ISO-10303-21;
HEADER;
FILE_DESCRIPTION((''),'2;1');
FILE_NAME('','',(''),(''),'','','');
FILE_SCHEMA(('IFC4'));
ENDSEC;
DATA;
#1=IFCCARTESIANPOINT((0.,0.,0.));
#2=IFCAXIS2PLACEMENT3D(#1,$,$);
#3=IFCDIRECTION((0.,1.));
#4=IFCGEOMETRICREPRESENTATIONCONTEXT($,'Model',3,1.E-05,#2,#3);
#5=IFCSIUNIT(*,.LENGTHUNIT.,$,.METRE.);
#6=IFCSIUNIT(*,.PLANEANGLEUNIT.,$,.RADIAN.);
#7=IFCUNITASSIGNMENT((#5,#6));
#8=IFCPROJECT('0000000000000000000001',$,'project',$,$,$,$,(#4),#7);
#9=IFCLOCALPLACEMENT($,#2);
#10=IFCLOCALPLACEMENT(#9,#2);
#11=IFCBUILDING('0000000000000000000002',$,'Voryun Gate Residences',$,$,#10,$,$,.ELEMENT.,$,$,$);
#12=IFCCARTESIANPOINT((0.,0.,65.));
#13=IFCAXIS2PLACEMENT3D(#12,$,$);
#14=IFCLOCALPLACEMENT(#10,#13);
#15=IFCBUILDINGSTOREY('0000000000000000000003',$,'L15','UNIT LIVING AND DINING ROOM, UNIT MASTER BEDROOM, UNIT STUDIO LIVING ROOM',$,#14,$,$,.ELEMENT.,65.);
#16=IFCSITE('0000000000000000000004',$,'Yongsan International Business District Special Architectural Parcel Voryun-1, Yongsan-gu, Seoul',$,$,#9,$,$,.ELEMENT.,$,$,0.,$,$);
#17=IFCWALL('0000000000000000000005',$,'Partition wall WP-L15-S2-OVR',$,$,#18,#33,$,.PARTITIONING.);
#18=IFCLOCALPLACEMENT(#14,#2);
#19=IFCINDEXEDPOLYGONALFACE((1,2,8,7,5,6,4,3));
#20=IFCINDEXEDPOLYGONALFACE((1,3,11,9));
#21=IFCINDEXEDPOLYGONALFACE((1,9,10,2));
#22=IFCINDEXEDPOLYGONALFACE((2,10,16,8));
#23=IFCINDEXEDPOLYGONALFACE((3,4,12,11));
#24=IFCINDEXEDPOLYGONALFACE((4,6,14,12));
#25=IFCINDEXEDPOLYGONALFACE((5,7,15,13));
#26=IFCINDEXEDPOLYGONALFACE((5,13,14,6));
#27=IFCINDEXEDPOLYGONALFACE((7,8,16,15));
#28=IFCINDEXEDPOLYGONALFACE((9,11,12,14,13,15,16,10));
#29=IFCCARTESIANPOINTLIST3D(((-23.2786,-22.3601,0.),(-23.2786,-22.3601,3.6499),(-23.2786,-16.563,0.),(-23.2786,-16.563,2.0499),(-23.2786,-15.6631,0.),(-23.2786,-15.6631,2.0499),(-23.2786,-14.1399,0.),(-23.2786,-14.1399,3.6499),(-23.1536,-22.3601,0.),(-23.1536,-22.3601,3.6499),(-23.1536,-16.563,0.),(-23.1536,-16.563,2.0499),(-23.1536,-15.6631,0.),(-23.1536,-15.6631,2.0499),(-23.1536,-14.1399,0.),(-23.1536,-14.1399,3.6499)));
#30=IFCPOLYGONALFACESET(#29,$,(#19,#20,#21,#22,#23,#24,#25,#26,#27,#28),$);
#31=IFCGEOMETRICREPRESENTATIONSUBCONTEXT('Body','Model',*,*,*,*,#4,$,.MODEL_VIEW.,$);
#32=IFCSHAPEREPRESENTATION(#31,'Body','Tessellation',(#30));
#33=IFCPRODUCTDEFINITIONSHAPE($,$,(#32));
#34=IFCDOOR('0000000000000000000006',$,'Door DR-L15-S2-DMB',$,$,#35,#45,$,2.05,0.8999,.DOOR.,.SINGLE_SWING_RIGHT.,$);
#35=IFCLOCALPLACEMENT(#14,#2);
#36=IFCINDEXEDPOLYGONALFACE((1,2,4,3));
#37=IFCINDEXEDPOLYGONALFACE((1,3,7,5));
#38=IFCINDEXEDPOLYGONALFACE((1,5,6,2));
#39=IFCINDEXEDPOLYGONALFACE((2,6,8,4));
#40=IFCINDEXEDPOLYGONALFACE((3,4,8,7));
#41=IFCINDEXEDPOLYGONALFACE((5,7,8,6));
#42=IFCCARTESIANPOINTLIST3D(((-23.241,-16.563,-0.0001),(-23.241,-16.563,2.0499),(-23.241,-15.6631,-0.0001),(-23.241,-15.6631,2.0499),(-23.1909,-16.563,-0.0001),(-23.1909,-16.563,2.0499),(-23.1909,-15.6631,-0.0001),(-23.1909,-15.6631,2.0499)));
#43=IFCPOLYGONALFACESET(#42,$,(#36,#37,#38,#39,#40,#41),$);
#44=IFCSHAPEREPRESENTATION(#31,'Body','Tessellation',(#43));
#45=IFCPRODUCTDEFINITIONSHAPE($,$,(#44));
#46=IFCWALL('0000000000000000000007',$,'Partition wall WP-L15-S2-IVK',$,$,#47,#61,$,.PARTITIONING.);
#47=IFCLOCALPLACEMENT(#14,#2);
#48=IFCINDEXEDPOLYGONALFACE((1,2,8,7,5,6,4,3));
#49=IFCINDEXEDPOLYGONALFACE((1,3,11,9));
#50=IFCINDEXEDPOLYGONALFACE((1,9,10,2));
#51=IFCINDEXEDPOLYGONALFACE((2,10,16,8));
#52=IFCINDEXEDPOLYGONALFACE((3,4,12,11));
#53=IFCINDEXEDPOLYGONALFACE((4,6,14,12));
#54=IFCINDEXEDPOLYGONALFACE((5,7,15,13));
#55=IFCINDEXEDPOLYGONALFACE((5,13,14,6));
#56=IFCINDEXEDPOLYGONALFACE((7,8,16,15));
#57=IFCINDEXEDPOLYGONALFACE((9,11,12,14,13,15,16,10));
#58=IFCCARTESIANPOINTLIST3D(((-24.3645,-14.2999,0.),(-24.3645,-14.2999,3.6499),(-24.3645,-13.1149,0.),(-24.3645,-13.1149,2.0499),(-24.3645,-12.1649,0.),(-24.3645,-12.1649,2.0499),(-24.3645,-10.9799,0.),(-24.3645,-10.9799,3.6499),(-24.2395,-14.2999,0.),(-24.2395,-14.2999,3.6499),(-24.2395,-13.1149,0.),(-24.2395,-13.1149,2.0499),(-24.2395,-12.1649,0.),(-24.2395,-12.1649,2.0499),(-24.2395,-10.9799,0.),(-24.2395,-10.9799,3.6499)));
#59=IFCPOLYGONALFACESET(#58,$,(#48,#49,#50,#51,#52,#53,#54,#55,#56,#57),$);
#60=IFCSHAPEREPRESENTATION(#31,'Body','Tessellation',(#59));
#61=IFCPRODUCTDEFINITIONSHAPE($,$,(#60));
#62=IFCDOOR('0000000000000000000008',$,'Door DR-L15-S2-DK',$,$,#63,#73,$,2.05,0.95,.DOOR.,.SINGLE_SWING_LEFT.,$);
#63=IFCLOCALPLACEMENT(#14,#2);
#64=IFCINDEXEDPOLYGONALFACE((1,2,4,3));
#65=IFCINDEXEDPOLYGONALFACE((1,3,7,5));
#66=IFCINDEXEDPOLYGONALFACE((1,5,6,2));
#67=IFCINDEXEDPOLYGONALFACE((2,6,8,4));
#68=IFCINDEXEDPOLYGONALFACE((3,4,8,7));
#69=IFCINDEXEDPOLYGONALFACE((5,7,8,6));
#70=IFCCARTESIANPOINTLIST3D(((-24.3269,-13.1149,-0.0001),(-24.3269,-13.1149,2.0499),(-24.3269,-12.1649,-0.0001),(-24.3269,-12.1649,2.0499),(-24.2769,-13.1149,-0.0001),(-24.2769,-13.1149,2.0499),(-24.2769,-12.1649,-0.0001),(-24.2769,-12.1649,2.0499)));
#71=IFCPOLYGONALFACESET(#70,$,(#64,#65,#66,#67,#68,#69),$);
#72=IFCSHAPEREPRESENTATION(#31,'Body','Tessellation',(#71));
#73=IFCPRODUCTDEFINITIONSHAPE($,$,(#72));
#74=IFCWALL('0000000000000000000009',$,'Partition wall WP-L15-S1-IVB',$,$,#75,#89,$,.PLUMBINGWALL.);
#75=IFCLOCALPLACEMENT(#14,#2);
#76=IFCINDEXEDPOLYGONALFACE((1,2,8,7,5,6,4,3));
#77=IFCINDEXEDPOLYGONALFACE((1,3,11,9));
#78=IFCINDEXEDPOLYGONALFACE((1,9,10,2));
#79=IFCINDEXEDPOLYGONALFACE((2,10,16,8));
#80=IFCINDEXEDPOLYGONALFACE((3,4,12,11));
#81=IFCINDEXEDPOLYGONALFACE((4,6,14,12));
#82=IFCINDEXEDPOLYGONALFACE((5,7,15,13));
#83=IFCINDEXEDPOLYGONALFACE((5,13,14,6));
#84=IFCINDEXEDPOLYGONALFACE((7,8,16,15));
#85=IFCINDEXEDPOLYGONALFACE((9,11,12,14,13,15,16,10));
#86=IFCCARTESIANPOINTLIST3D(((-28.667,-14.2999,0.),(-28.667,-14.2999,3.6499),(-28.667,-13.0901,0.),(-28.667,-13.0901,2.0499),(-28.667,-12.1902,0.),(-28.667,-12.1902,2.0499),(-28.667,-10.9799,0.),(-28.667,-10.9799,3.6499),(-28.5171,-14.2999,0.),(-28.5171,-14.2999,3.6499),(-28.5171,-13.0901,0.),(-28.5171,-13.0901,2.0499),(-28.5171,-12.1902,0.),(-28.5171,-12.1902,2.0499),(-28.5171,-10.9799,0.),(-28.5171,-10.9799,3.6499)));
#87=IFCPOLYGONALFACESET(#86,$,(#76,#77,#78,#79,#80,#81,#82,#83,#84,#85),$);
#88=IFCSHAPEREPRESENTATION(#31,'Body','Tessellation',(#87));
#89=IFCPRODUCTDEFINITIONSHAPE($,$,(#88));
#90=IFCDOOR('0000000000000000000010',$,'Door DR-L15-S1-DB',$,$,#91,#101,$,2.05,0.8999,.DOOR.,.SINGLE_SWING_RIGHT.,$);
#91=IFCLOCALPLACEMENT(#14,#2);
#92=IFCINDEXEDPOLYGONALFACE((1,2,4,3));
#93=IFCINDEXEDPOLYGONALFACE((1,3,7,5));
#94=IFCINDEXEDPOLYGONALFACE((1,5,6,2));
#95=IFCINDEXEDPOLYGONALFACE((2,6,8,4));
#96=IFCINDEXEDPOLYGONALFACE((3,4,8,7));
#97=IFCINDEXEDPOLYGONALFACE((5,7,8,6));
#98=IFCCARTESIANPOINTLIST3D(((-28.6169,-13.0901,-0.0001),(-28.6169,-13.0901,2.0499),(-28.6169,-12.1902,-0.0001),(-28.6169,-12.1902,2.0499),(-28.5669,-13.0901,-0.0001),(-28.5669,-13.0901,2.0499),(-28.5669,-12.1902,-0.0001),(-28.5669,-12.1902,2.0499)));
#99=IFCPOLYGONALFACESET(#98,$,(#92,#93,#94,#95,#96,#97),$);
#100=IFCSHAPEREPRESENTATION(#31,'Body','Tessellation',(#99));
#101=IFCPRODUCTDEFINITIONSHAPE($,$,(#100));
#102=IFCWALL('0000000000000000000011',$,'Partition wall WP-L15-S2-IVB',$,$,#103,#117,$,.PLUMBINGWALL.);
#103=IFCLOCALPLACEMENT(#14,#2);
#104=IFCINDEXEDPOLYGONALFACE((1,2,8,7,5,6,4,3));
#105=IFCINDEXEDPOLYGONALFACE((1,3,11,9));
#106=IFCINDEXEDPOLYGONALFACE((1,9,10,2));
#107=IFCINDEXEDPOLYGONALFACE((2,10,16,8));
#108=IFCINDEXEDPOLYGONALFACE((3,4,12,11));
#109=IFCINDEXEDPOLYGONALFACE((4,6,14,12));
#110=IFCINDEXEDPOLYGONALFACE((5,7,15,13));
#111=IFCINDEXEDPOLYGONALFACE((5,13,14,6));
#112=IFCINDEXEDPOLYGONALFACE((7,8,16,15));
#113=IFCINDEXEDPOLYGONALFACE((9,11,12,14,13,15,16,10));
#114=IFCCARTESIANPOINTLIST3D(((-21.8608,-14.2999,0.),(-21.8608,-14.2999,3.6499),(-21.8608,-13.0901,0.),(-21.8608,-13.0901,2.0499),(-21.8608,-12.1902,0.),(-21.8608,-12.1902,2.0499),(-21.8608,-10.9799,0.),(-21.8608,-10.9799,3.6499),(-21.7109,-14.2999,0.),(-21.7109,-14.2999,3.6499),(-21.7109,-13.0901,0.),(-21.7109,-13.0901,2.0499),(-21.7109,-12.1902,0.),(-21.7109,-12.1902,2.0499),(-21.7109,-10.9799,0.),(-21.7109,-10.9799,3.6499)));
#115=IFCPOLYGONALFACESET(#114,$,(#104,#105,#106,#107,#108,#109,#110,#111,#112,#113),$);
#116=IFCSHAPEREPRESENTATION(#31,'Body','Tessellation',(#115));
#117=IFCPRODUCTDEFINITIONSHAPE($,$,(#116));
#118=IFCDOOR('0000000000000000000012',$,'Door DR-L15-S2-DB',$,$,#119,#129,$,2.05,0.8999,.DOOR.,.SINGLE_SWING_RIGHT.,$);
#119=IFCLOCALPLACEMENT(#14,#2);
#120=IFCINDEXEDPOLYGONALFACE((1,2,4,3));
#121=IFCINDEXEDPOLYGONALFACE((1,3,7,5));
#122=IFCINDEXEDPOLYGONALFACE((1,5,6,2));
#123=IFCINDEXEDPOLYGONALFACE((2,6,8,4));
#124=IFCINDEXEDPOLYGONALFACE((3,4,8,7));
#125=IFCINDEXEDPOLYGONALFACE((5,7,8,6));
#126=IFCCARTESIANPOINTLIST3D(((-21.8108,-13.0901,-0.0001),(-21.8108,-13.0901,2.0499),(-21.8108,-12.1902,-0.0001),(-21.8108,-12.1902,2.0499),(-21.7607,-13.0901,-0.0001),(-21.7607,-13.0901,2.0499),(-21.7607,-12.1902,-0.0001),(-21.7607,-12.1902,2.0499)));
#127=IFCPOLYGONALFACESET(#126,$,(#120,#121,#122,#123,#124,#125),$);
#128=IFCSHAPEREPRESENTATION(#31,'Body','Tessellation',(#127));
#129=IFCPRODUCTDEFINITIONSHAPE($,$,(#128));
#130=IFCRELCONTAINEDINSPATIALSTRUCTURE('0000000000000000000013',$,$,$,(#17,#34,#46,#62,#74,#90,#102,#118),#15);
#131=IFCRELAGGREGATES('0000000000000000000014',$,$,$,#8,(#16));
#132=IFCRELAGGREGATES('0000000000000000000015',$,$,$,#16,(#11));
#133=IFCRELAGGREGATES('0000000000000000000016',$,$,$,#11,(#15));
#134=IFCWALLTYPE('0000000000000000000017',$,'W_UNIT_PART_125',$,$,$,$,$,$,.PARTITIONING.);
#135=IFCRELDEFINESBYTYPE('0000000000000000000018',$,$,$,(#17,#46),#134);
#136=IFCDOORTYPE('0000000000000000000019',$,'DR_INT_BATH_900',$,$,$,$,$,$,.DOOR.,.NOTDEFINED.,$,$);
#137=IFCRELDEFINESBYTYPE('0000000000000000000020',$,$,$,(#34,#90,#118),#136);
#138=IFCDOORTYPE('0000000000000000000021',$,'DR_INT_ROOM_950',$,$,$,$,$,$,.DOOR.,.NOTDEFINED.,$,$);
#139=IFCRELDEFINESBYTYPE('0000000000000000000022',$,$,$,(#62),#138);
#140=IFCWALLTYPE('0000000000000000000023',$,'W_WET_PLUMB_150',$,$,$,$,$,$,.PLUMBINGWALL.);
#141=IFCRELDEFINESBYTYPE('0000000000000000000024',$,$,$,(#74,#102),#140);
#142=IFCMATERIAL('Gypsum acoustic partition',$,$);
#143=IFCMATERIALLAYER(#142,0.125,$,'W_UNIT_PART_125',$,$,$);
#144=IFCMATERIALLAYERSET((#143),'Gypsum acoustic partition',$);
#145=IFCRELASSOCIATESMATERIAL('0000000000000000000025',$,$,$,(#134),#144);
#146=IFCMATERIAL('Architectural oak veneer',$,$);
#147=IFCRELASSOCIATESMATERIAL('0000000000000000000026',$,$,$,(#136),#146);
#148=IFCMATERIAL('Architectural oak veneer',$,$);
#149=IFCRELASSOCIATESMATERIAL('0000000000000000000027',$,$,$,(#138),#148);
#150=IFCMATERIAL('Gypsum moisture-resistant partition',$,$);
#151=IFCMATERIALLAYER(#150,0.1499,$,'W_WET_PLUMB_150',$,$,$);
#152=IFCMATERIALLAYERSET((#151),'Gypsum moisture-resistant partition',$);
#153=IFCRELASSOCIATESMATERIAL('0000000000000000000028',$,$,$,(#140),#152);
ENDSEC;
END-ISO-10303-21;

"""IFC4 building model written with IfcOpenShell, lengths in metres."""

from ifc_helpers import new_model, si_unit, direction, frame, frame_2d, origin, place, context, subcontext, project, spatial, rectangle, extrude, material, layer, layer_set, type_object, element, fill, save


model = new_model("IFC4")

# Units and contexts
model_context = context("Model", 3, precision=1e-05, world=origin(), true_north=direction((0.0, 1.0)))
body_context = subcontext(model_context, "Body", "Model", "MODEL_VIEW")
ifc_project = project(units=[si_unit("LENGTHUNIT", "METRE"), si_unit("PLANEANGLEUNIT", "RADIAN")], contexts=[model_context])

# Site, building, storey
site_placement = place(None, origin())
site = spatial("IfcSite", under=ifc_project, at=site_placement, Name="Yongsan International Business District Special Architectural Parcel Voryun-1, Yongsan-gu, Seoul", CompositionType="ELEMENT", RefElevation=0.0)
building_placement = place(site_placement, origin())
building = spatial("IfcBuilding", under=site, at=building_placement, Name="Voryun Gate Residences", CompositionType="ELEMENT")
storey_placement = place(building_placement, frame((0.0, 0.0, 65.0)))
storey = spatial("IfcBuildingStorey", under=building, at=storey_placement, Name="L15", Description="UNIT LIVING AND DINING ROOM, UNIT MASTER BEDROOM, UNIT STUDIO LIVING ROOM", CompositionType="ELEMENT", Elevation=65.0)

# Shared definitions
ifc_material_1 = material(Name="Gypsum acoustic partition")
ifc_layer_1 = layer(ifc_material_1, 0.125, Name="W_UNIT_PART_125")
ifc_layer_set_1 = layer_set([ifc_layer_1], Name="Gypsum acoustic partition")
wall_type_1 = type_object("IfcWallType", Name="W_UNIT_PART_125", PredefinedType="PARTITIONING", material=ifc_layer_set_1)
ifc_material_2 = material(Name="Architectural oak veneer")
door_type_1 = type_object("IfcDoorType", Name="DR_INT_BATH_900", OperationType="NOTDEFINED", PredefinedType="DOOR", material=ifc_material_2)
ifc_material_3 = material(Name="Architectural oak veneer")
door_type_2 = type_object("IfcDoorType", Name="DR_INT_ROOM_950", OperationType="NOTDEFINED", PredefinedType="DOOR", material=ifc_material_3)

# Walls, openings, doors
wall_1_placement = place(storey_placement, frame((-23.2161, -22.3601, 0.0), z_axis=(0.0, 0.0, 1.0), x_axis=(0.0, 1.0, 0.0)))
wall_1 = element("IfcWall", 1, at=wall_1_placement, inside=storey, type_object=wall_type_1, Name="Partition wall WP-L15-S2-OVR", PredefinedType="PARTITIONING", context=body_context, shape_type="SweptSolid", body=[
    extrude(rectangle(XDim=8.2202, YDim=0.125, at=frame_2d((4.1101, 0.0))), origin(), (0.0, 0.0, 1.0), 3.6499),
])
opening_1_placement = place(wall_1_placement, frame((5.7971, 0.0, 0.0)))
opening_1 = element("IfcOpeningElement", 2, at=opening_1_placement, cuts=wall_1, PredefinedType="OPENING", context=body_context, shape_type="SweptSolid", body=[
    extrude(rectangle(XDim=0.8999, YDim=2.05, at=frame_2d((0.45, 1.0249))), frame((0.0, 0.0725, 0.0), z_axis=(0.0, -1.0, 0.0), x_axis=(1.0, 0.0, 0.0)), (0.0, 0.0, 1.0), 0.145),
])
door_1_placement = place(opening_1_placement, origin())
door_1 = element("IfcDoor", 3, at=door_1_placement, inside=storey, type_object=door_type_1, Name="Door DR-L15-S2-DMB", OperationType="SINGLE_SWING_RIGHT", OverallHeight=2.05, OverallWidth=0.8999, PredefinedType="DOOR", context=body_context, shape_type="SweptSolid", body=[
    extrude(rectangle(XDim=0.8999, YDim=2.05, at=frame_2d((0.45, 1.0249))), frame((0.0, 0.0249, 0.0), z_axis=(0.0, -1.0, 0.0), x_axis=(1.0, 0.0, 0.0)), (0.0, 0.0, 1.0), 0.05),
])
fill(opening_1, door_1)
wall_2_placement = place(storey_placement, frame((-24.302, -14.3, 0.0), z_axis=(0.0, 0.0, 1.0), x_axis=(0.0, 1.0, 0.0)))
wall_2 = element("IfcWall", 4, at=wall_2_placement, inside=storey, type_object=wall_type_1, Name="Partition wall WP-L15-S2-IVK", PredefinedType="PARTITIONING", context=body_context, shape_type="SweptSolid", body=[
    extrude(rectangle(XDim=3.3201, YDim=0.125, at=frame_2d((1.6602, 0.0))), origin(), (0.0, 0.0, 1.0), 3.6499),
])
opening_2_placement = place(wall_2_placement, frame((1.1851, 0.0, 0.0)))
opening_2 = element("IfcOpeningElement", 5, at=opening_2_placement, cuts=wall_2, PredefinedType="OPENING", context=body_context, shape_type="SweptSolid", body=[
    extrude(rectangle(XDim=0.95, YDim=2.05, at=frame_2d((0.4751, 1.0249))), frame((0.0, 0.0725, 0.0), z_axis=(0.0, -1.0, 0.0), x_axis=(1.0, 0.0, 0.0)), (0.0, 0.0, 1.0), 0.145),
])
door_2_placement = place(opening_2_placement, origin())
door_2 = element("IfcDoor", 6, at=door_2_placement, inside=storey, type_object=door_type_2, Name="Door DR-L15-S2-DK", OperationType="SINGLE_SWING_LEFT", OverallHeight=2.05, OverallWidth=0.95, PredefinedType="DOOR", context=body_context, shape_type="SweptSolid", body=[
    extrude(rectangle(XDim=0.95, YDim=2.05, at=frame_2d((0.4751, 1.0249))), frame((0.0, 0.0249, 0.0), z_axis=(0.0, -1.0, 0.0), x_axis=(1.0, 0.0, 0.0)), (0.0, 0.0, 1.0), 0.05),
])
fill(opening_2, door_2)
ifc_material_4 = material(Name="Gypsum moisture-resistant partition")
ifc_layer_2 = layer(ifc_material_4, 0.1499, Name="W_WET_PLUMB_150")
ifc_layer_set_2 = layer_set([ifc_layer_2], Name="Gypsum moisture-resistant partition")
wall_type_2 = type_object("IfcWallType", Name="W_WET_PLUMB_150", PredefinedType="PLUMBINGWALL", material=ifc_layer_set_2)
wall_3_placement = place(storey_placement, frame((-28.592, -14.3, 0.0), z_axis=(0.0, 0.0, 1.0), x_axis=(0.0, 1.0, 0.0)))
wall_3 = element("IfcWall", 7, at=wall_3_placement, inside=storey, type_object=wall_type_2, Name="Partition wall WP-L15-S1-IVB", PredefinedType="PLUMBINGWALL", context=body_context, shape_type="SweptSolid", body=[
    extrude(rectangle(XDim=3.3201, YDim=0.1499, at=frame_2d((1.6602, 0.0))), origin(), (0.0, 0.0, 1.0), 3.6499),
])
opening_3_placement = place(wall_3_placement, frame((1.21, 0.0, 0.0)))
opening_3 = element("IfcOpeningElement", 8, at=opening_3_placement, cuts=wall_3, PredefinedType="OPENING", context=body_context, shape_type="SweptSolid", body=[
    extrude(rectangle(XDim=0.8999, YDim=2.05, at=frame_2d((0.45, 1.0249))), frame((0.0, 0.085, 0.0), z_axis=(0.0, -1.0, 0.0), x_axis=(1.0, 0.0, 0.0)), (0.0, 0.0, 1.0), 0.1699),
])
door_3_placement = place(opening_3_placement, origin())
door_3 = element("IfcDoor", 9, at=door_3_placement, inside=storey, type_object=door_type_1, Name="Door DR-L15-S1-DB", OperationType="SINGLE_SWING_RIGHT", OverallHeight=2.05, OverallWidth=0.8999, PredefinedType="DOOR", context=body_context, shape_type="SweptSolid", body=[
    extrude(rectangle(XDim=0.8999, YDim=2.05, at=frame_2d((0.45, 1.0249))), frame((0.0, 0.0249, 0.0), z_axis=(0.0, -1.0, 0.0), x_axis=(1.0, 0.0, 0.0)), (0.0, 0.0, 1.0), 0.05),
])
fill(opening_3, door_3)
wall_4_placement = place(storey_placement, frame((-21.7859, -14.3, 0.0), z_axis=(0.0, 0.0, 1.0), x_axis=(0.0, 1.0, 0.0)))
wall_4 = element("IfcWall", 10, at=wall_4_placement, inside=storey, type_object=wall_type_2, Name="Partition wall WP-L15-S2-IVB", PredefinedType="PLUMBINGWALL", context=body_context, shape_type="SweptSolid", body=[
    extrude(rectangle(XDim=3.3201, YDim=0.1499, at=frame_2d((1.6602, 0.0))), origin(), (0.0, 0.0, 1.0), 3.6499),
])
opening_4_placement = place(wall_4_placement, frame((1.21, 0.0, 0.0)))
opening_4 = element("IfcOpeningElement", 11, at=opening_4_placement, cuts=wall_4, PredefinedType="OPENING", context=body_context, shape_type="SweptSolid", body=[
    extrude(rectangle(XDim=0.8999, YDim=2.05, at=frame_2d((0.45, 1.0249))), frame((0.0, 0.085, 0.0), z_axis=(0.0, -1.0, 0.0), x_axis=(1.0, 0.0, 0.0)), (0.0, 0.0, 1.0), 0.1699),
])
door_4_placement = place(opening_4_placement, origin())
door_4 = element("IfcDoor", 12, at=door_4_placement, inside=storey, type_object=door_type_1, Name="Door DR-L15-S2-DB", OperationType="SINGLE_SWING_RIGHT", OverallHeight=2.05, OverallWidth=0.8999, PredefinedType="DOOR", context=body_context, shape_type="SweptSolid", body=[
    extrude(rectangle(XDim=0.8999, YDim=2.05, at=frame_2d((0.45, 1.0249))), frame((0.0, 0.0249, 0.0), z_axis=(0.0, -1.0, 0.0), x_axis=(1.0, 0.0, 0.0)), (0.0, 0.0, 1.0), 0.05),
])
fill(opening_4, door_4)

save(model, "model.ifc")
